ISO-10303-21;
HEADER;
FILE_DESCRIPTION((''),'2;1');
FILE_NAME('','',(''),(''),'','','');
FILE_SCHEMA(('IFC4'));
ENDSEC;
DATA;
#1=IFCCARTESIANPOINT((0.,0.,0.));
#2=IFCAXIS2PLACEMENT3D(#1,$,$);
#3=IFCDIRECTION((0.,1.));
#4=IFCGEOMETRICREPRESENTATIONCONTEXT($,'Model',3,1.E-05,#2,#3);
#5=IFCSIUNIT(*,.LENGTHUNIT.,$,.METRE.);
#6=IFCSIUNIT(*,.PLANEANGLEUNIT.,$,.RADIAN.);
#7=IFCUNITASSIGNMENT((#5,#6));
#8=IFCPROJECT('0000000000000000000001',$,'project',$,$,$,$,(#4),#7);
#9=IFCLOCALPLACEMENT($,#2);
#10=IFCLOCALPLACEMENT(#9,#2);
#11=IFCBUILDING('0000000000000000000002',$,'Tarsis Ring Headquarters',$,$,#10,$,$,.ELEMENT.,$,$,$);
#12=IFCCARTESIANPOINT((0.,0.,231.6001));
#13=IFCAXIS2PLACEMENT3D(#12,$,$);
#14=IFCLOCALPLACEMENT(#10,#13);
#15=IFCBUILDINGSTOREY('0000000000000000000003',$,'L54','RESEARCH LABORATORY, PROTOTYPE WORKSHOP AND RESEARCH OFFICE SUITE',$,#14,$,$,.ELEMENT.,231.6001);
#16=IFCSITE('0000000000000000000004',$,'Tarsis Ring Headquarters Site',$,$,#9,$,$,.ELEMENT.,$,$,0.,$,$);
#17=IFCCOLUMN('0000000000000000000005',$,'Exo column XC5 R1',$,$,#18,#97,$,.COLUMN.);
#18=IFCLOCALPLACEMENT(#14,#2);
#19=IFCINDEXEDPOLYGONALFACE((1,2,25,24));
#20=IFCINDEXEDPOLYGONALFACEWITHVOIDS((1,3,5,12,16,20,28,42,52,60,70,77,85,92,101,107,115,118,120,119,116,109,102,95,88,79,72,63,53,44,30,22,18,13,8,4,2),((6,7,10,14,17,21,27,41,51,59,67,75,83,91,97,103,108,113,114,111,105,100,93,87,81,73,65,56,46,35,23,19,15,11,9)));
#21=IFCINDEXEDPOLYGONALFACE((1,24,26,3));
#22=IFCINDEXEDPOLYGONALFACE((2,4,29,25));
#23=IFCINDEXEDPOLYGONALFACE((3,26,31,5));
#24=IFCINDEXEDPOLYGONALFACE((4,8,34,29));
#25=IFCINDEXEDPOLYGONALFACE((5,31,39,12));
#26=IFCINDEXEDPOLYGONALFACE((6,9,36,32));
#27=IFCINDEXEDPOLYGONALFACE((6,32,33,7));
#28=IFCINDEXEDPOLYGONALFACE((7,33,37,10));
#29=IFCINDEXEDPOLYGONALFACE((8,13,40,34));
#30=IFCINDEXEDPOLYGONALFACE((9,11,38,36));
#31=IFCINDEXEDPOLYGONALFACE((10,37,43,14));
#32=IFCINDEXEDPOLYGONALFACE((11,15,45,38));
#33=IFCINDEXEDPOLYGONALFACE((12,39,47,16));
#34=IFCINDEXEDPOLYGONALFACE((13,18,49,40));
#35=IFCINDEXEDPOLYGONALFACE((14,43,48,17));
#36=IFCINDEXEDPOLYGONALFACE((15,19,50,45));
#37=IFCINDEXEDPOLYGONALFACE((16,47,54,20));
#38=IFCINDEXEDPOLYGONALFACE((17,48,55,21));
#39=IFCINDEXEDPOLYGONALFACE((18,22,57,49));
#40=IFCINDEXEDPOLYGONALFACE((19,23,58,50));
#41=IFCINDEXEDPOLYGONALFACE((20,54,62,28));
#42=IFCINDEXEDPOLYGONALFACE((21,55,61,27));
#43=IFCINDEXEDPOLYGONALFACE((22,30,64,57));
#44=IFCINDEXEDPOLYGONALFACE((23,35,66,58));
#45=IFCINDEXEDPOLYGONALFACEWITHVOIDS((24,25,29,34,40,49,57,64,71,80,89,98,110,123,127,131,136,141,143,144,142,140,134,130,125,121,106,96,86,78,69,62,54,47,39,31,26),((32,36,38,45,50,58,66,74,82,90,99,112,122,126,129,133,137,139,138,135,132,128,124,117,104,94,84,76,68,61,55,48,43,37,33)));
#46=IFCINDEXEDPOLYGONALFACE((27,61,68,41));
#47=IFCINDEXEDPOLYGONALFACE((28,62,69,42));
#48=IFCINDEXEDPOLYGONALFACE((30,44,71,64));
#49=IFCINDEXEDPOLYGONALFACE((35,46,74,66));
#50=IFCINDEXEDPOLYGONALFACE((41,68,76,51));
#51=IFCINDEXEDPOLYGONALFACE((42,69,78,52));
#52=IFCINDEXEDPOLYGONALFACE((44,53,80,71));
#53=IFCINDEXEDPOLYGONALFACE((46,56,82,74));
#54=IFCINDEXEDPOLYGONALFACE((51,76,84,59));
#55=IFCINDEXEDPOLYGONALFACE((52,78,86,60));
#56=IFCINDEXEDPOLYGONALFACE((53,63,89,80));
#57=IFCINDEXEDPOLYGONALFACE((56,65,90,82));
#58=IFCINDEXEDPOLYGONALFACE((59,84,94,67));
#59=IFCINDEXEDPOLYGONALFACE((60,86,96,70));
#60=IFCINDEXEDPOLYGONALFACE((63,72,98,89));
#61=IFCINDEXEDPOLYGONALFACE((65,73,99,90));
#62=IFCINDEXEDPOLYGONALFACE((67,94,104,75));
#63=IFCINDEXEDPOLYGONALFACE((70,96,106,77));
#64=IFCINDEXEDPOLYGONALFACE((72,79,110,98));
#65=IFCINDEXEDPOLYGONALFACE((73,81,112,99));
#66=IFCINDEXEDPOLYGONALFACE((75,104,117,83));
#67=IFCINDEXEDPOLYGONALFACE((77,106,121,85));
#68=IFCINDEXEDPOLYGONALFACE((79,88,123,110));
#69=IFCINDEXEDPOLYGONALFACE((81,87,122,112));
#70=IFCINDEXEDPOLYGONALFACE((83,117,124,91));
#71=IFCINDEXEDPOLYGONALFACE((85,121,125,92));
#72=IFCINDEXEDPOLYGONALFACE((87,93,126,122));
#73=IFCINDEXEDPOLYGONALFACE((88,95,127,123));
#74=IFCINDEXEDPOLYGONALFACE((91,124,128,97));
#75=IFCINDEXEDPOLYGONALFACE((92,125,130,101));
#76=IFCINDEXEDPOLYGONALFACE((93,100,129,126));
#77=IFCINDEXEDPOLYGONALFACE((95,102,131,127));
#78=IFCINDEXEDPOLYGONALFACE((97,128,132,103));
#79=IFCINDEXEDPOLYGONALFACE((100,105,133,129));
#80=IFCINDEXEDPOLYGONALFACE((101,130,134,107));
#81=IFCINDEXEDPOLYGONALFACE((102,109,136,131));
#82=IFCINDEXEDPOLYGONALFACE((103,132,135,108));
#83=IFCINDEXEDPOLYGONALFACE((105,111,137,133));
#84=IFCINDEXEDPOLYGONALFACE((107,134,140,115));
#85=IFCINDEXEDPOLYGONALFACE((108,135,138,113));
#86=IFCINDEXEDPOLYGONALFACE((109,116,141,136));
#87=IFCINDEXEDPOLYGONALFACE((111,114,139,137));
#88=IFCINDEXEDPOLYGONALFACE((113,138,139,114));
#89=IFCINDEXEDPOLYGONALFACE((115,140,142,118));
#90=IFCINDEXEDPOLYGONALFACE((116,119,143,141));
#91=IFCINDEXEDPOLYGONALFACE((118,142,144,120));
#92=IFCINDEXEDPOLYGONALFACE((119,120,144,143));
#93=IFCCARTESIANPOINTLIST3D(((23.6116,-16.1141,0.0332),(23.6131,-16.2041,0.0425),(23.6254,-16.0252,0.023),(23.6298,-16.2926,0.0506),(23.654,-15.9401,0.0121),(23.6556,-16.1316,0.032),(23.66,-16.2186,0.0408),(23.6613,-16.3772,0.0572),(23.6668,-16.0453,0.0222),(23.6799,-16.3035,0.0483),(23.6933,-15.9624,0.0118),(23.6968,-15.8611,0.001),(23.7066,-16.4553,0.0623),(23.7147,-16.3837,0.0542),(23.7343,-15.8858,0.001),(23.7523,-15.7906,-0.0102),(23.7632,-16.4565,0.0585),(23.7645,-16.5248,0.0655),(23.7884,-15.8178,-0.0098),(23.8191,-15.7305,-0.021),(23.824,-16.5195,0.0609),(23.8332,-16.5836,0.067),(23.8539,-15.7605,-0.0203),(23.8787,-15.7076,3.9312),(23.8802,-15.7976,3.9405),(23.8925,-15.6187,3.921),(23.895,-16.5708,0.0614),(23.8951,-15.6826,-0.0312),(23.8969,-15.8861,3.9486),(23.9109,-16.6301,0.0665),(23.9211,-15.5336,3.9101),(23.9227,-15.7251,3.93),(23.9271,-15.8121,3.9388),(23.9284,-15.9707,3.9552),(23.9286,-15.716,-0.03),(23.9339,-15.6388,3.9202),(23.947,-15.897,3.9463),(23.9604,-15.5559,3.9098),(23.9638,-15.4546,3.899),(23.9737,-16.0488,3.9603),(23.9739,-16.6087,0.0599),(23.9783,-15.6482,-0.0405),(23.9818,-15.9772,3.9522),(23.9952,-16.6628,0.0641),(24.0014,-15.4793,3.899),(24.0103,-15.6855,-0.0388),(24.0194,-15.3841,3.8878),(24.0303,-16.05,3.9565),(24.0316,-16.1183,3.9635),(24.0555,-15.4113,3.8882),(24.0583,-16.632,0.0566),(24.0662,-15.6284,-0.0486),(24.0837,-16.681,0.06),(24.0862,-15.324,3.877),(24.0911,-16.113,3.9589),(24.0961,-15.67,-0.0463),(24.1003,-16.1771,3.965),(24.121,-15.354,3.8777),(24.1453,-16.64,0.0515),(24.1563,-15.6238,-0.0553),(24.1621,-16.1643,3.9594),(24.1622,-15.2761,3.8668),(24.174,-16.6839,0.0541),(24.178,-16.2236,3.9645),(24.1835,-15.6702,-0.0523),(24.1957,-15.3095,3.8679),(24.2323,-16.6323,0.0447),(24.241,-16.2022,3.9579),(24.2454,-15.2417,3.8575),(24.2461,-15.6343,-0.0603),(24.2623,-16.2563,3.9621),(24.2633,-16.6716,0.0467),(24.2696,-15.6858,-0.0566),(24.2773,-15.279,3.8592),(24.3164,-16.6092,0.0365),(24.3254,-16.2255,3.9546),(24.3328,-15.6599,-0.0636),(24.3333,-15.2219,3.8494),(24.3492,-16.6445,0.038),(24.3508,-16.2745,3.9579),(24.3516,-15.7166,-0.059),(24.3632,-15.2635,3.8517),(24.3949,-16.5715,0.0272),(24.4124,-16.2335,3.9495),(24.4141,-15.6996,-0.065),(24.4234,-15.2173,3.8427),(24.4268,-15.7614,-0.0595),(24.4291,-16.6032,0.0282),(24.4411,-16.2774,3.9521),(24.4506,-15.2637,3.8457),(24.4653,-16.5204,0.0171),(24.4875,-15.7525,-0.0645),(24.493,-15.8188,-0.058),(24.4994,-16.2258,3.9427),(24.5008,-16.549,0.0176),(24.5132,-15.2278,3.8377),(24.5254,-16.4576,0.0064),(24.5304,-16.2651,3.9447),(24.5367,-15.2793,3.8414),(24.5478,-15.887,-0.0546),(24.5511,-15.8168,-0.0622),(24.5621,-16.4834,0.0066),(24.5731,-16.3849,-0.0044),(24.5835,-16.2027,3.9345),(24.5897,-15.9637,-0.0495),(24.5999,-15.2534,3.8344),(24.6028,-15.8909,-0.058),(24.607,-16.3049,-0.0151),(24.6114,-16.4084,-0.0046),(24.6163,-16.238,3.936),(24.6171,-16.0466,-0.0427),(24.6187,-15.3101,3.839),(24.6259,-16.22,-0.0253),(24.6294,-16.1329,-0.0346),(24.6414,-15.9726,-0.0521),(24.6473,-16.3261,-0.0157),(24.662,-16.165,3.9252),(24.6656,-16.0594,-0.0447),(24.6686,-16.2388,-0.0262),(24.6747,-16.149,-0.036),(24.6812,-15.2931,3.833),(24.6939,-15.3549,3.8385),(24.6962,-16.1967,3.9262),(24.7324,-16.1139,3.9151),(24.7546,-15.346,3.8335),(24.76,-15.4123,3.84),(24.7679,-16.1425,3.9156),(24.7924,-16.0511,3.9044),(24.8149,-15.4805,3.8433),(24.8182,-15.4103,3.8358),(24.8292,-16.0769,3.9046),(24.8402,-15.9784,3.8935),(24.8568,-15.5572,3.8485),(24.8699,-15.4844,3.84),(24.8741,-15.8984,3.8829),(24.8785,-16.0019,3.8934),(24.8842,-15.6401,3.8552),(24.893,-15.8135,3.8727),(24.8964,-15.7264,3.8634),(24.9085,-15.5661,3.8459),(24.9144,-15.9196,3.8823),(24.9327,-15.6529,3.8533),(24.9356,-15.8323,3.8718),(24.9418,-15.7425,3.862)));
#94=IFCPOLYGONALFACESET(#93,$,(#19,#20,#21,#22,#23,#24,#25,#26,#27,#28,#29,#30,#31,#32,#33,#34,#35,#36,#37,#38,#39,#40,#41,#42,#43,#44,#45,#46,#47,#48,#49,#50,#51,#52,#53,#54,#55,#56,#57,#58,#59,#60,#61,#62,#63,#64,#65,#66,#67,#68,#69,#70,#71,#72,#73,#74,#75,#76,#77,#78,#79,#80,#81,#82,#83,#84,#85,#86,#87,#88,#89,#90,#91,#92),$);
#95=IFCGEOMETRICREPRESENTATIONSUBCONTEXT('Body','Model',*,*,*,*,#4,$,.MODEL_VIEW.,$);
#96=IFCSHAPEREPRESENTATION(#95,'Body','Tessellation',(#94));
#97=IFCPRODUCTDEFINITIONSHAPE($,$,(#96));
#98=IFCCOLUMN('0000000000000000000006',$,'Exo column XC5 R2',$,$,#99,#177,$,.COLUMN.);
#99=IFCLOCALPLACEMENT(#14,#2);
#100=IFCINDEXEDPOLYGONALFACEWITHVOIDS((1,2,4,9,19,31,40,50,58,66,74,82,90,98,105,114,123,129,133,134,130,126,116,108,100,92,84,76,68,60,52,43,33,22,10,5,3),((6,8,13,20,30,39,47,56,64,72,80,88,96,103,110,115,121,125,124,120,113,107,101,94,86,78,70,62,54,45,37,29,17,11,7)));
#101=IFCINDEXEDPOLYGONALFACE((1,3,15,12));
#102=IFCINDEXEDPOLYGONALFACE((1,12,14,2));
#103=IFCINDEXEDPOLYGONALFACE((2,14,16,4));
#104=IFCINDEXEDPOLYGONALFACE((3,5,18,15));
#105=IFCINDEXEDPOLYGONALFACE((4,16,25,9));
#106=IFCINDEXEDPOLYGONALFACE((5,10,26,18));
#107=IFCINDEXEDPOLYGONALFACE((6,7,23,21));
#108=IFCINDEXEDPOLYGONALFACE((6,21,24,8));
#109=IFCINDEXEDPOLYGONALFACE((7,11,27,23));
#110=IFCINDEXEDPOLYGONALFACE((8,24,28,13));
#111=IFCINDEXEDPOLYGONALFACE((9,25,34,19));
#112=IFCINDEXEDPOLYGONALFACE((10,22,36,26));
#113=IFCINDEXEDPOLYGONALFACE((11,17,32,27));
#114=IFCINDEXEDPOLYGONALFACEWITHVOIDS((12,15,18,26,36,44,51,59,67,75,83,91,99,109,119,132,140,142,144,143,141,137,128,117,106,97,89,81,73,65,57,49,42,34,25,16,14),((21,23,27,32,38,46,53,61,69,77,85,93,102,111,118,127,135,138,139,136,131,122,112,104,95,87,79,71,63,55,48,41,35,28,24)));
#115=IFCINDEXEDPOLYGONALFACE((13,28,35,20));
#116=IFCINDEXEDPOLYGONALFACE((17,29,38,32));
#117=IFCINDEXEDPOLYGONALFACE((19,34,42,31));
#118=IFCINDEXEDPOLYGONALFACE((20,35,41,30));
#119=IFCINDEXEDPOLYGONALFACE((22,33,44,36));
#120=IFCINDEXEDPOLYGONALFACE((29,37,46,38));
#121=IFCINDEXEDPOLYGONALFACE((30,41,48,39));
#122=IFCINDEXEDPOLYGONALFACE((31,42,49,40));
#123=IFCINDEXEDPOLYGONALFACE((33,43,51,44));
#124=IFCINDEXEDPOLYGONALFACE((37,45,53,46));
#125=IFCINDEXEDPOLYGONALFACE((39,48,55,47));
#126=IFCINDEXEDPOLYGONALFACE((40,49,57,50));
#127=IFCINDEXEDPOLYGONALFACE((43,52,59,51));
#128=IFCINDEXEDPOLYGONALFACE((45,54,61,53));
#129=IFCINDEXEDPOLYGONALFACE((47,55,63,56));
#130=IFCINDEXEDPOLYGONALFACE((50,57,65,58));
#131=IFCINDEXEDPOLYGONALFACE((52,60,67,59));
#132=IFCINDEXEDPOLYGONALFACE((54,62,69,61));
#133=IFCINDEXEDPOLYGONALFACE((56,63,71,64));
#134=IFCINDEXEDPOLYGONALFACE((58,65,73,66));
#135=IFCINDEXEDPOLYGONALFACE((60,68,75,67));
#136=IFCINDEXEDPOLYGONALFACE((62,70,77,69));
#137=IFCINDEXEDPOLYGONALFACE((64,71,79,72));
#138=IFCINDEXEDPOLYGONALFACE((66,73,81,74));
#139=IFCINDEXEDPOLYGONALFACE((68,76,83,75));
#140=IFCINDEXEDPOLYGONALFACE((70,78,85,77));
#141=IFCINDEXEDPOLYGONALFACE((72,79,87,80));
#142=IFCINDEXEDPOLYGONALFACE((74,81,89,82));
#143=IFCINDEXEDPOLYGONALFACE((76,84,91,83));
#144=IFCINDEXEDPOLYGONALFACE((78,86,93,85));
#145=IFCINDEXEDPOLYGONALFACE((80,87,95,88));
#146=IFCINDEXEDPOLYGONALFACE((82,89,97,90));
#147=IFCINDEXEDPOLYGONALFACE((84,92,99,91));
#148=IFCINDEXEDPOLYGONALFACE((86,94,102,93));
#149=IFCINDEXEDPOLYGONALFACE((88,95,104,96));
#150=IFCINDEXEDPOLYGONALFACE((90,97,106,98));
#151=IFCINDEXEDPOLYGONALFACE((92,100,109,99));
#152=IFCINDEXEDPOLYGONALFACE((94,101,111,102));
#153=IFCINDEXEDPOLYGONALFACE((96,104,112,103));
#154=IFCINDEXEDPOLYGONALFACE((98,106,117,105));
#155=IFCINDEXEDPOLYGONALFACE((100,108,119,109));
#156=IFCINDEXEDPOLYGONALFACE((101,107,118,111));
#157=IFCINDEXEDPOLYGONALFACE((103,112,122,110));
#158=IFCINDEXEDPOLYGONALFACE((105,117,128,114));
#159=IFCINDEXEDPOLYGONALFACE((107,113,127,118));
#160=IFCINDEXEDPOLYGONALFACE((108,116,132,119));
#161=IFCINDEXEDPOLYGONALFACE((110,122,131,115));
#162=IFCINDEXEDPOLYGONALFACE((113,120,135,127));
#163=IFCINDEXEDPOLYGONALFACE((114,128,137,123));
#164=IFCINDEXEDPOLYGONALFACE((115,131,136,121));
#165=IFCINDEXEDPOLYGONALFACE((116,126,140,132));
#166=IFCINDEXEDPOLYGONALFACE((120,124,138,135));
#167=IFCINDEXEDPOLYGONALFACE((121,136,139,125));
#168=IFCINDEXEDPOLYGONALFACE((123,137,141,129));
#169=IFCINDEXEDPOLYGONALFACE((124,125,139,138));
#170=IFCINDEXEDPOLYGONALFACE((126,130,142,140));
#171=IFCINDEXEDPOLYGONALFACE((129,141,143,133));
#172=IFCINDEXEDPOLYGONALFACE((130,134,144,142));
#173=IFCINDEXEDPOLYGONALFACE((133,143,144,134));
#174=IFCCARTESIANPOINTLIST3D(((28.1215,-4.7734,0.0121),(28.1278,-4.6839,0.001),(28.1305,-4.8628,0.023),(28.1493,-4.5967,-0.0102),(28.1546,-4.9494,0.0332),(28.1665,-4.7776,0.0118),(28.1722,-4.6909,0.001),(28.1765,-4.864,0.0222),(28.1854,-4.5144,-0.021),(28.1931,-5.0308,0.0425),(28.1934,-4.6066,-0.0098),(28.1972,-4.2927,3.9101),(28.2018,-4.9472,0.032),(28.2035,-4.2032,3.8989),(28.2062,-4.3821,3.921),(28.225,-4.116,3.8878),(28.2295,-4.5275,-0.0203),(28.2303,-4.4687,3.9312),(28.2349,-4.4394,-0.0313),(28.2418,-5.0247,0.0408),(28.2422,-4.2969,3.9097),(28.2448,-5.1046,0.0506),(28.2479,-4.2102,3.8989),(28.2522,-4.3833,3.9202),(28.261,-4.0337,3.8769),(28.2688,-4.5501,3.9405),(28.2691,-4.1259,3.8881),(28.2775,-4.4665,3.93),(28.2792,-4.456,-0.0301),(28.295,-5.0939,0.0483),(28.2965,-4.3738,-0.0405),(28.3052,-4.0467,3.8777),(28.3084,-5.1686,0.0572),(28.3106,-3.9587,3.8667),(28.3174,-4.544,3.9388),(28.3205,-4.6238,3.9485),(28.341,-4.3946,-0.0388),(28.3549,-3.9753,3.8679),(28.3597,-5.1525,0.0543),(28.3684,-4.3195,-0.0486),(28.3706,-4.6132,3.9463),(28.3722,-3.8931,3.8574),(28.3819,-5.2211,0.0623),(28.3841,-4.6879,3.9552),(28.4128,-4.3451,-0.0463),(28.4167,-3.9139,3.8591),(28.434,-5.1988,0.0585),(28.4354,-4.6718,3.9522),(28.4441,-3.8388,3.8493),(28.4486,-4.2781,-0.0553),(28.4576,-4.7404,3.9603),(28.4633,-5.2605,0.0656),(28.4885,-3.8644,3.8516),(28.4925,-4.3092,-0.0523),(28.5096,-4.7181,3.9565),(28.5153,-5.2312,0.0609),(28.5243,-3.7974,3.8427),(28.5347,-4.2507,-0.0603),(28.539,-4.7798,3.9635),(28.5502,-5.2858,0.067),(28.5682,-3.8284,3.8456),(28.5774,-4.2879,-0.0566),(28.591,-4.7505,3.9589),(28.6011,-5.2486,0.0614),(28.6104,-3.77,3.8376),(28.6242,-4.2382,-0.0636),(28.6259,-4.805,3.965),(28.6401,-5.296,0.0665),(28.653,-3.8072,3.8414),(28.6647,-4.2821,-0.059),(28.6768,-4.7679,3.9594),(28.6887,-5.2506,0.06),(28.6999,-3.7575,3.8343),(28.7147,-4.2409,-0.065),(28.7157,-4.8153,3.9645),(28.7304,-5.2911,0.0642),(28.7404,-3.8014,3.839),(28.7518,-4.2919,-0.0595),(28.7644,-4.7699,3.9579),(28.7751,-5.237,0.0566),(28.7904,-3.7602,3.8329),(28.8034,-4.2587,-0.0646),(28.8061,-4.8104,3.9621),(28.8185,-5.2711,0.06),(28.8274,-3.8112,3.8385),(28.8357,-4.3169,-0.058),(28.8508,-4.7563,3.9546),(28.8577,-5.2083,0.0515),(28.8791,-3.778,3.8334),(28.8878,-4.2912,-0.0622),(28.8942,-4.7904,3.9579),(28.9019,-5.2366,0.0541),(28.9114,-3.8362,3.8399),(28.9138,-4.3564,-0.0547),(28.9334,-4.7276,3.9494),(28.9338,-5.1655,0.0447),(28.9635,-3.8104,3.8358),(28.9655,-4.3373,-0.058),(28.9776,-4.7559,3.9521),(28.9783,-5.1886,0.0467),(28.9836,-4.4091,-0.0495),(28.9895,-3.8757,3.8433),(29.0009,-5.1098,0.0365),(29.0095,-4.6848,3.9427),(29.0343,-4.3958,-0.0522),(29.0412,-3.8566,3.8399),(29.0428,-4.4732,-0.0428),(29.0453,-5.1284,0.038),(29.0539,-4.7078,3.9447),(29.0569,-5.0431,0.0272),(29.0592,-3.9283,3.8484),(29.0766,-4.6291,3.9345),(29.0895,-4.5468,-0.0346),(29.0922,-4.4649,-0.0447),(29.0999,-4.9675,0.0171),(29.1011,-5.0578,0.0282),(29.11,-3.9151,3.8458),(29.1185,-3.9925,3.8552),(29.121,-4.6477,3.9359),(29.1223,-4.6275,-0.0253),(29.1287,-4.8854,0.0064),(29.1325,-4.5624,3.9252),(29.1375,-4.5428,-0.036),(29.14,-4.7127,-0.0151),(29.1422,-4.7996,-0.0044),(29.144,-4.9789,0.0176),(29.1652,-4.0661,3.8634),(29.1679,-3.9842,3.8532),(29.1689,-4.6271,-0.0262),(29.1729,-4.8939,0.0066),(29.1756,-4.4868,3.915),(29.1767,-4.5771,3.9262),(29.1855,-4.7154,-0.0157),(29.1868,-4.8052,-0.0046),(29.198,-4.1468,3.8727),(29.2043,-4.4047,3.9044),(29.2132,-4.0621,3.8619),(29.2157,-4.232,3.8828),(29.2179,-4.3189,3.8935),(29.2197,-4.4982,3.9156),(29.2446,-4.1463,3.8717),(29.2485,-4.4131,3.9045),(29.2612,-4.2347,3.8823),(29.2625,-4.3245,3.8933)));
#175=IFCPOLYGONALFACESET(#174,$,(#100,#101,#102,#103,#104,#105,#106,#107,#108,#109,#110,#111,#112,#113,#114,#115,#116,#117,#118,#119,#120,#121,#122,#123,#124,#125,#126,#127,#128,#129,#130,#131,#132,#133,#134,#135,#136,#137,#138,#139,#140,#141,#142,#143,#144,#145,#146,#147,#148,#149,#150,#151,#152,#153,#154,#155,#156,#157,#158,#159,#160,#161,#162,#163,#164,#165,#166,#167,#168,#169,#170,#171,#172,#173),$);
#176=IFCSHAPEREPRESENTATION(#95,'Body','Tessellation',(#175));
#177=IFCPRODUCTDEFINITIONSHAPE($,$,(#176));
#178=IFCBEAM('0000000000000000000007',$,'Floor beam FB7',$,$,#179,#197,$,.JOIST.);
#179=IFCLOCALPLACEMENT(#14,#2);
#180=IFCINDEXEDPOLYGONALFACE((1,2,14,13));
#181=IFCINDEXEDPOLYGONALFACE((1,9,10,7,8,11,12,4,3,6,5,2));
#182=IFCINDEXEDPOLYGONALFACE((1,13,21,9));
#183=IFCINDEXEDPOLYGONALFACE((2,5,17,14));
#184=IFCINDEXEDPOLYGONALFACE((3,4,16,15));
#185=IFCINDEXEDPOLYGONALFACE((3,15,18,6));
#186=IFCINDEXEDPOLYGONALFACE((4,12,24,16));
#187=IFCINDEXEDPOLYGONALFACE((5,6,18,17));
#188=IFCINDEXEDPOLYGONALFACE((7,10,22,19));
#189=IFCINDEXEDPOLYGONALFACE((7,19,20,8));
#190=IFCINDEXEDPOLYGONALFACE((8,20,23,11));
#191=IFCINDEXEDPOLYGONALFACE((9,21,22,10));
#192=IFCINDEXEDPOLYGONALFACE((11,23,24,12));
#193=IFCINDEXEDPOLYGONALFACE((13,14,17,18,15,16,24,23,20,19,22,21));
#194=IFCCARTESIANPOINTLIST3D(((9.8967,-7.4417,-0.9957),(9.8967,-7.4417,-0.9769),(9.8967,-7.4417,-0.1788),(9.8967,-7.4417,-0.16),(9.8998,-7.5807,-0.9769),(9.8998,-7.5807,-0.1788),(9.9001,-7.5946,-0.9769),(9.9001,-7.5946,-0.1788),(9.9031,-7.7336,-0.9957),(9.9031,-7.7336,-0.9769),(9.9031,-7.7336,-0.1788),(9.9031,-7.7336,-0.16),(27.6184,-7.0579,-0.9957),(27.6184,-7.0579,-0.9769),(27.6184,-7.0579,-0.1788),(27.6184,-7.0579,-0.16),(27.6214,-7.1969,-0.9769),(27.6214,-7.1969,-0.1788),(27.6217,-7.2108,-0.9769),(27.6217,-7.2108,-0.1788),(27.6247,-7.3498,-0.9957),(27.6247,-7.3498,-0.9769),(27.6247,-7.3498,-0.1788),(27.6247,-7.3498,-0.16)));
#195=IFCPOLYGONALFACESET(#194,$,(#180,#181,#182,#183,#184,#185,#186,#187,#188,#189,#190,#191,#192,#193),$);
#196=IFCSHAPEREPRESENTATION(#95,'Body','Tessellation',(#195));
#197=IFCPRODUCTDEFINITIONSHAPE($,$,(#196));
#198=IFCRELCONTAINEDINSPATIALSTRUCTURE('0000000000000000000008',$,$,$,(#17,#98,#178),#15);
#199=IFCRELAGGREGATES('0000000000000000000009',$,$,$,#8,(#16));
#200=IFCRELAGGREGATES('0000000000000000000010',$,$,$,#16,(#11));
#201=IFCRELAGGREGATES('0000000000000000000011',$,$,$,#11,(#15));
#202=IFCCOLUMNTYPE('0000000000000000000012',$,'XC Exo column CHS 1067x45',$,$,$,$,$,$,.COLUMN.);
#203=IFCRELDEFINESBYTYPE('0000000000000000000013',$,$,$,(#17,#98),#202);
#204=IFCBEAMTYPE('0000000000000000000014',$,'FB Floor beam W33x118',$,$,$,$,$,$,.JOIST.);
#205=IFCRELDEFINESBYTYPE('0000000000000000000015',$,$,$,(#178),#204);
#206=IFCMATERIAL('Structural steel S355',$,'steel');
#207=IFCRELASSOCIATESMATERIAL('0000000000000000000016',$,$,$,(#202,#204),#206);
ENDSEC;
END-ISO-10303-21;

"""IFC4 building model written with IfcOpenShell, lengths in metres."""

from ifc_helpers import new_model, si_unit, direction, frame, origin, origin_2d, place, context, subcontext, project, spatial, hollow_circle, i_section, extrude, material, material_profile, profile_set, type_object, element, save


model = new_model("IFC4")

# Units and contexts
model_context = context("Model", 3, precision=1e-05, world=origin(), true_north=direction((0.0, 1.0)))
body_context = subcontext(model_context, "Body", "Model", "MODEL_VIEW")
ifc_project = project(units=[si_unit("LENGTHUNIT", "METRE"), si_unit("PLANEANGLEUNIT", "RADIAN")], contexts=[model_context])

# Site, building, storey
site_placement = place(None, origin())
site = spatial("IfcSite", under=ifc_project, at=site_placement, Name="Tarsis Ring Headquarters Site", CompositionType="ELEMENT", RefElevation=0.0)
building_placement = place(site_placement, origin())
building = spatial("IfcBuilding", under=site, at=building_placement, Name="Tarsis Ring Headquarters", CompositionType="ELEMENT")
storey_placement = place(building_placement, frame((0.0, 0.0, 231.6001)))
storey = spatial("IfcBuildingStorey", under=building, at=storey_placement, Name="L54", Description="RESEARCH LABORATORY, PROTOTYPE WORKSHOP AND RESEARCH OFFICE SUITE", CompositionType="ELEMENT", Elevation=231.6001)

# Columns
ifc_material_1 = material(Name="Structural steel S355", Category="steel")
ifc_material_profile_1 = material_profile(ifc_material_1, hollow_circle(Radius=0.5334, WallThickness=0.0449, at=origin_2d()), Name="CHS 1067x45")
ifc_profile_set_1 = profile_set([ifc_material_profile_1], Name="Structural steel S355")
column_type = type_object("IfcColumnType", Name="XC Exo column CHS 1067x45", PredefinedType="COLUMN", material=ifc_profile_set_1)
for number, where, z_axis, x_axis, name in (
    (1, (24.1426, -16.1541, 0.001), (0.067993, 0.103482, 0.992305), (-0.835738, 0.549128, 0.0), "Exo column XC5 R1"),
    (2, (28.6548, -4.7668, 0.001), (0.019267, 0.122375, 0.992297), (-0.987832, 0.155525, 0.0), "Exo column XC5 R2"),
):
    element("IfcColumn", number, at=place(storey_placement, frame(where, z_axis=z_axis, x_axis=x_axis)), inside=storey, type_object=column_type, Name=name, PredefinedType="COLUMN", context=body_context, shape_type="SweptSolid", body=[
        extrude(hollow_circle(Radius=0.5334, WallThickness=0.0449, at=origin_2d()), origin(), (0.0, 0.0, 1.0), 3.9282),
    ])

# Beam
ifc_material_profile_2 = material_profile(ifc_material_1, i_section(OverallWidth=0.292, OverallDepth=0.8357, WebThickness=0.0139, FlangeThickness=0.0188, at=origin_2d()), Name="W33x118")
ifc_profile_set_2 = profile_set([ifc_material_profile_2], Name="Structural steel S355")
beam_type_1 = type_object("IfcBeamType", Name="FB Floor beam W33x118", PredefinedType="JOIST", material=ifc_profile_set_2)
beam_1_placement = place(storey_placement, frame((9.8999, -7.5876, -0.5779), z_axis=(0.999766, 0.021651, 0.0), x_axis=(-0.021651, 0.999766, 0.0)))
element("IfcBeam", 3, at=beam_1_placement, inside=storey, type_object=beam_type_1, Name="Floor beam FB7", PredefinedType="JOIST", context=body_context, shape_type="SweptSolid", body=[
    extrude(i_section(OverallWidth=0.292, OverallDepth=0.8357, WebThickness=0.0139, FlangeThickness=0.0188, at=origin_2d()), origin(), (0.0, 0.0, 1.0), 17.7258),
])

save(model, "model.ifc")
